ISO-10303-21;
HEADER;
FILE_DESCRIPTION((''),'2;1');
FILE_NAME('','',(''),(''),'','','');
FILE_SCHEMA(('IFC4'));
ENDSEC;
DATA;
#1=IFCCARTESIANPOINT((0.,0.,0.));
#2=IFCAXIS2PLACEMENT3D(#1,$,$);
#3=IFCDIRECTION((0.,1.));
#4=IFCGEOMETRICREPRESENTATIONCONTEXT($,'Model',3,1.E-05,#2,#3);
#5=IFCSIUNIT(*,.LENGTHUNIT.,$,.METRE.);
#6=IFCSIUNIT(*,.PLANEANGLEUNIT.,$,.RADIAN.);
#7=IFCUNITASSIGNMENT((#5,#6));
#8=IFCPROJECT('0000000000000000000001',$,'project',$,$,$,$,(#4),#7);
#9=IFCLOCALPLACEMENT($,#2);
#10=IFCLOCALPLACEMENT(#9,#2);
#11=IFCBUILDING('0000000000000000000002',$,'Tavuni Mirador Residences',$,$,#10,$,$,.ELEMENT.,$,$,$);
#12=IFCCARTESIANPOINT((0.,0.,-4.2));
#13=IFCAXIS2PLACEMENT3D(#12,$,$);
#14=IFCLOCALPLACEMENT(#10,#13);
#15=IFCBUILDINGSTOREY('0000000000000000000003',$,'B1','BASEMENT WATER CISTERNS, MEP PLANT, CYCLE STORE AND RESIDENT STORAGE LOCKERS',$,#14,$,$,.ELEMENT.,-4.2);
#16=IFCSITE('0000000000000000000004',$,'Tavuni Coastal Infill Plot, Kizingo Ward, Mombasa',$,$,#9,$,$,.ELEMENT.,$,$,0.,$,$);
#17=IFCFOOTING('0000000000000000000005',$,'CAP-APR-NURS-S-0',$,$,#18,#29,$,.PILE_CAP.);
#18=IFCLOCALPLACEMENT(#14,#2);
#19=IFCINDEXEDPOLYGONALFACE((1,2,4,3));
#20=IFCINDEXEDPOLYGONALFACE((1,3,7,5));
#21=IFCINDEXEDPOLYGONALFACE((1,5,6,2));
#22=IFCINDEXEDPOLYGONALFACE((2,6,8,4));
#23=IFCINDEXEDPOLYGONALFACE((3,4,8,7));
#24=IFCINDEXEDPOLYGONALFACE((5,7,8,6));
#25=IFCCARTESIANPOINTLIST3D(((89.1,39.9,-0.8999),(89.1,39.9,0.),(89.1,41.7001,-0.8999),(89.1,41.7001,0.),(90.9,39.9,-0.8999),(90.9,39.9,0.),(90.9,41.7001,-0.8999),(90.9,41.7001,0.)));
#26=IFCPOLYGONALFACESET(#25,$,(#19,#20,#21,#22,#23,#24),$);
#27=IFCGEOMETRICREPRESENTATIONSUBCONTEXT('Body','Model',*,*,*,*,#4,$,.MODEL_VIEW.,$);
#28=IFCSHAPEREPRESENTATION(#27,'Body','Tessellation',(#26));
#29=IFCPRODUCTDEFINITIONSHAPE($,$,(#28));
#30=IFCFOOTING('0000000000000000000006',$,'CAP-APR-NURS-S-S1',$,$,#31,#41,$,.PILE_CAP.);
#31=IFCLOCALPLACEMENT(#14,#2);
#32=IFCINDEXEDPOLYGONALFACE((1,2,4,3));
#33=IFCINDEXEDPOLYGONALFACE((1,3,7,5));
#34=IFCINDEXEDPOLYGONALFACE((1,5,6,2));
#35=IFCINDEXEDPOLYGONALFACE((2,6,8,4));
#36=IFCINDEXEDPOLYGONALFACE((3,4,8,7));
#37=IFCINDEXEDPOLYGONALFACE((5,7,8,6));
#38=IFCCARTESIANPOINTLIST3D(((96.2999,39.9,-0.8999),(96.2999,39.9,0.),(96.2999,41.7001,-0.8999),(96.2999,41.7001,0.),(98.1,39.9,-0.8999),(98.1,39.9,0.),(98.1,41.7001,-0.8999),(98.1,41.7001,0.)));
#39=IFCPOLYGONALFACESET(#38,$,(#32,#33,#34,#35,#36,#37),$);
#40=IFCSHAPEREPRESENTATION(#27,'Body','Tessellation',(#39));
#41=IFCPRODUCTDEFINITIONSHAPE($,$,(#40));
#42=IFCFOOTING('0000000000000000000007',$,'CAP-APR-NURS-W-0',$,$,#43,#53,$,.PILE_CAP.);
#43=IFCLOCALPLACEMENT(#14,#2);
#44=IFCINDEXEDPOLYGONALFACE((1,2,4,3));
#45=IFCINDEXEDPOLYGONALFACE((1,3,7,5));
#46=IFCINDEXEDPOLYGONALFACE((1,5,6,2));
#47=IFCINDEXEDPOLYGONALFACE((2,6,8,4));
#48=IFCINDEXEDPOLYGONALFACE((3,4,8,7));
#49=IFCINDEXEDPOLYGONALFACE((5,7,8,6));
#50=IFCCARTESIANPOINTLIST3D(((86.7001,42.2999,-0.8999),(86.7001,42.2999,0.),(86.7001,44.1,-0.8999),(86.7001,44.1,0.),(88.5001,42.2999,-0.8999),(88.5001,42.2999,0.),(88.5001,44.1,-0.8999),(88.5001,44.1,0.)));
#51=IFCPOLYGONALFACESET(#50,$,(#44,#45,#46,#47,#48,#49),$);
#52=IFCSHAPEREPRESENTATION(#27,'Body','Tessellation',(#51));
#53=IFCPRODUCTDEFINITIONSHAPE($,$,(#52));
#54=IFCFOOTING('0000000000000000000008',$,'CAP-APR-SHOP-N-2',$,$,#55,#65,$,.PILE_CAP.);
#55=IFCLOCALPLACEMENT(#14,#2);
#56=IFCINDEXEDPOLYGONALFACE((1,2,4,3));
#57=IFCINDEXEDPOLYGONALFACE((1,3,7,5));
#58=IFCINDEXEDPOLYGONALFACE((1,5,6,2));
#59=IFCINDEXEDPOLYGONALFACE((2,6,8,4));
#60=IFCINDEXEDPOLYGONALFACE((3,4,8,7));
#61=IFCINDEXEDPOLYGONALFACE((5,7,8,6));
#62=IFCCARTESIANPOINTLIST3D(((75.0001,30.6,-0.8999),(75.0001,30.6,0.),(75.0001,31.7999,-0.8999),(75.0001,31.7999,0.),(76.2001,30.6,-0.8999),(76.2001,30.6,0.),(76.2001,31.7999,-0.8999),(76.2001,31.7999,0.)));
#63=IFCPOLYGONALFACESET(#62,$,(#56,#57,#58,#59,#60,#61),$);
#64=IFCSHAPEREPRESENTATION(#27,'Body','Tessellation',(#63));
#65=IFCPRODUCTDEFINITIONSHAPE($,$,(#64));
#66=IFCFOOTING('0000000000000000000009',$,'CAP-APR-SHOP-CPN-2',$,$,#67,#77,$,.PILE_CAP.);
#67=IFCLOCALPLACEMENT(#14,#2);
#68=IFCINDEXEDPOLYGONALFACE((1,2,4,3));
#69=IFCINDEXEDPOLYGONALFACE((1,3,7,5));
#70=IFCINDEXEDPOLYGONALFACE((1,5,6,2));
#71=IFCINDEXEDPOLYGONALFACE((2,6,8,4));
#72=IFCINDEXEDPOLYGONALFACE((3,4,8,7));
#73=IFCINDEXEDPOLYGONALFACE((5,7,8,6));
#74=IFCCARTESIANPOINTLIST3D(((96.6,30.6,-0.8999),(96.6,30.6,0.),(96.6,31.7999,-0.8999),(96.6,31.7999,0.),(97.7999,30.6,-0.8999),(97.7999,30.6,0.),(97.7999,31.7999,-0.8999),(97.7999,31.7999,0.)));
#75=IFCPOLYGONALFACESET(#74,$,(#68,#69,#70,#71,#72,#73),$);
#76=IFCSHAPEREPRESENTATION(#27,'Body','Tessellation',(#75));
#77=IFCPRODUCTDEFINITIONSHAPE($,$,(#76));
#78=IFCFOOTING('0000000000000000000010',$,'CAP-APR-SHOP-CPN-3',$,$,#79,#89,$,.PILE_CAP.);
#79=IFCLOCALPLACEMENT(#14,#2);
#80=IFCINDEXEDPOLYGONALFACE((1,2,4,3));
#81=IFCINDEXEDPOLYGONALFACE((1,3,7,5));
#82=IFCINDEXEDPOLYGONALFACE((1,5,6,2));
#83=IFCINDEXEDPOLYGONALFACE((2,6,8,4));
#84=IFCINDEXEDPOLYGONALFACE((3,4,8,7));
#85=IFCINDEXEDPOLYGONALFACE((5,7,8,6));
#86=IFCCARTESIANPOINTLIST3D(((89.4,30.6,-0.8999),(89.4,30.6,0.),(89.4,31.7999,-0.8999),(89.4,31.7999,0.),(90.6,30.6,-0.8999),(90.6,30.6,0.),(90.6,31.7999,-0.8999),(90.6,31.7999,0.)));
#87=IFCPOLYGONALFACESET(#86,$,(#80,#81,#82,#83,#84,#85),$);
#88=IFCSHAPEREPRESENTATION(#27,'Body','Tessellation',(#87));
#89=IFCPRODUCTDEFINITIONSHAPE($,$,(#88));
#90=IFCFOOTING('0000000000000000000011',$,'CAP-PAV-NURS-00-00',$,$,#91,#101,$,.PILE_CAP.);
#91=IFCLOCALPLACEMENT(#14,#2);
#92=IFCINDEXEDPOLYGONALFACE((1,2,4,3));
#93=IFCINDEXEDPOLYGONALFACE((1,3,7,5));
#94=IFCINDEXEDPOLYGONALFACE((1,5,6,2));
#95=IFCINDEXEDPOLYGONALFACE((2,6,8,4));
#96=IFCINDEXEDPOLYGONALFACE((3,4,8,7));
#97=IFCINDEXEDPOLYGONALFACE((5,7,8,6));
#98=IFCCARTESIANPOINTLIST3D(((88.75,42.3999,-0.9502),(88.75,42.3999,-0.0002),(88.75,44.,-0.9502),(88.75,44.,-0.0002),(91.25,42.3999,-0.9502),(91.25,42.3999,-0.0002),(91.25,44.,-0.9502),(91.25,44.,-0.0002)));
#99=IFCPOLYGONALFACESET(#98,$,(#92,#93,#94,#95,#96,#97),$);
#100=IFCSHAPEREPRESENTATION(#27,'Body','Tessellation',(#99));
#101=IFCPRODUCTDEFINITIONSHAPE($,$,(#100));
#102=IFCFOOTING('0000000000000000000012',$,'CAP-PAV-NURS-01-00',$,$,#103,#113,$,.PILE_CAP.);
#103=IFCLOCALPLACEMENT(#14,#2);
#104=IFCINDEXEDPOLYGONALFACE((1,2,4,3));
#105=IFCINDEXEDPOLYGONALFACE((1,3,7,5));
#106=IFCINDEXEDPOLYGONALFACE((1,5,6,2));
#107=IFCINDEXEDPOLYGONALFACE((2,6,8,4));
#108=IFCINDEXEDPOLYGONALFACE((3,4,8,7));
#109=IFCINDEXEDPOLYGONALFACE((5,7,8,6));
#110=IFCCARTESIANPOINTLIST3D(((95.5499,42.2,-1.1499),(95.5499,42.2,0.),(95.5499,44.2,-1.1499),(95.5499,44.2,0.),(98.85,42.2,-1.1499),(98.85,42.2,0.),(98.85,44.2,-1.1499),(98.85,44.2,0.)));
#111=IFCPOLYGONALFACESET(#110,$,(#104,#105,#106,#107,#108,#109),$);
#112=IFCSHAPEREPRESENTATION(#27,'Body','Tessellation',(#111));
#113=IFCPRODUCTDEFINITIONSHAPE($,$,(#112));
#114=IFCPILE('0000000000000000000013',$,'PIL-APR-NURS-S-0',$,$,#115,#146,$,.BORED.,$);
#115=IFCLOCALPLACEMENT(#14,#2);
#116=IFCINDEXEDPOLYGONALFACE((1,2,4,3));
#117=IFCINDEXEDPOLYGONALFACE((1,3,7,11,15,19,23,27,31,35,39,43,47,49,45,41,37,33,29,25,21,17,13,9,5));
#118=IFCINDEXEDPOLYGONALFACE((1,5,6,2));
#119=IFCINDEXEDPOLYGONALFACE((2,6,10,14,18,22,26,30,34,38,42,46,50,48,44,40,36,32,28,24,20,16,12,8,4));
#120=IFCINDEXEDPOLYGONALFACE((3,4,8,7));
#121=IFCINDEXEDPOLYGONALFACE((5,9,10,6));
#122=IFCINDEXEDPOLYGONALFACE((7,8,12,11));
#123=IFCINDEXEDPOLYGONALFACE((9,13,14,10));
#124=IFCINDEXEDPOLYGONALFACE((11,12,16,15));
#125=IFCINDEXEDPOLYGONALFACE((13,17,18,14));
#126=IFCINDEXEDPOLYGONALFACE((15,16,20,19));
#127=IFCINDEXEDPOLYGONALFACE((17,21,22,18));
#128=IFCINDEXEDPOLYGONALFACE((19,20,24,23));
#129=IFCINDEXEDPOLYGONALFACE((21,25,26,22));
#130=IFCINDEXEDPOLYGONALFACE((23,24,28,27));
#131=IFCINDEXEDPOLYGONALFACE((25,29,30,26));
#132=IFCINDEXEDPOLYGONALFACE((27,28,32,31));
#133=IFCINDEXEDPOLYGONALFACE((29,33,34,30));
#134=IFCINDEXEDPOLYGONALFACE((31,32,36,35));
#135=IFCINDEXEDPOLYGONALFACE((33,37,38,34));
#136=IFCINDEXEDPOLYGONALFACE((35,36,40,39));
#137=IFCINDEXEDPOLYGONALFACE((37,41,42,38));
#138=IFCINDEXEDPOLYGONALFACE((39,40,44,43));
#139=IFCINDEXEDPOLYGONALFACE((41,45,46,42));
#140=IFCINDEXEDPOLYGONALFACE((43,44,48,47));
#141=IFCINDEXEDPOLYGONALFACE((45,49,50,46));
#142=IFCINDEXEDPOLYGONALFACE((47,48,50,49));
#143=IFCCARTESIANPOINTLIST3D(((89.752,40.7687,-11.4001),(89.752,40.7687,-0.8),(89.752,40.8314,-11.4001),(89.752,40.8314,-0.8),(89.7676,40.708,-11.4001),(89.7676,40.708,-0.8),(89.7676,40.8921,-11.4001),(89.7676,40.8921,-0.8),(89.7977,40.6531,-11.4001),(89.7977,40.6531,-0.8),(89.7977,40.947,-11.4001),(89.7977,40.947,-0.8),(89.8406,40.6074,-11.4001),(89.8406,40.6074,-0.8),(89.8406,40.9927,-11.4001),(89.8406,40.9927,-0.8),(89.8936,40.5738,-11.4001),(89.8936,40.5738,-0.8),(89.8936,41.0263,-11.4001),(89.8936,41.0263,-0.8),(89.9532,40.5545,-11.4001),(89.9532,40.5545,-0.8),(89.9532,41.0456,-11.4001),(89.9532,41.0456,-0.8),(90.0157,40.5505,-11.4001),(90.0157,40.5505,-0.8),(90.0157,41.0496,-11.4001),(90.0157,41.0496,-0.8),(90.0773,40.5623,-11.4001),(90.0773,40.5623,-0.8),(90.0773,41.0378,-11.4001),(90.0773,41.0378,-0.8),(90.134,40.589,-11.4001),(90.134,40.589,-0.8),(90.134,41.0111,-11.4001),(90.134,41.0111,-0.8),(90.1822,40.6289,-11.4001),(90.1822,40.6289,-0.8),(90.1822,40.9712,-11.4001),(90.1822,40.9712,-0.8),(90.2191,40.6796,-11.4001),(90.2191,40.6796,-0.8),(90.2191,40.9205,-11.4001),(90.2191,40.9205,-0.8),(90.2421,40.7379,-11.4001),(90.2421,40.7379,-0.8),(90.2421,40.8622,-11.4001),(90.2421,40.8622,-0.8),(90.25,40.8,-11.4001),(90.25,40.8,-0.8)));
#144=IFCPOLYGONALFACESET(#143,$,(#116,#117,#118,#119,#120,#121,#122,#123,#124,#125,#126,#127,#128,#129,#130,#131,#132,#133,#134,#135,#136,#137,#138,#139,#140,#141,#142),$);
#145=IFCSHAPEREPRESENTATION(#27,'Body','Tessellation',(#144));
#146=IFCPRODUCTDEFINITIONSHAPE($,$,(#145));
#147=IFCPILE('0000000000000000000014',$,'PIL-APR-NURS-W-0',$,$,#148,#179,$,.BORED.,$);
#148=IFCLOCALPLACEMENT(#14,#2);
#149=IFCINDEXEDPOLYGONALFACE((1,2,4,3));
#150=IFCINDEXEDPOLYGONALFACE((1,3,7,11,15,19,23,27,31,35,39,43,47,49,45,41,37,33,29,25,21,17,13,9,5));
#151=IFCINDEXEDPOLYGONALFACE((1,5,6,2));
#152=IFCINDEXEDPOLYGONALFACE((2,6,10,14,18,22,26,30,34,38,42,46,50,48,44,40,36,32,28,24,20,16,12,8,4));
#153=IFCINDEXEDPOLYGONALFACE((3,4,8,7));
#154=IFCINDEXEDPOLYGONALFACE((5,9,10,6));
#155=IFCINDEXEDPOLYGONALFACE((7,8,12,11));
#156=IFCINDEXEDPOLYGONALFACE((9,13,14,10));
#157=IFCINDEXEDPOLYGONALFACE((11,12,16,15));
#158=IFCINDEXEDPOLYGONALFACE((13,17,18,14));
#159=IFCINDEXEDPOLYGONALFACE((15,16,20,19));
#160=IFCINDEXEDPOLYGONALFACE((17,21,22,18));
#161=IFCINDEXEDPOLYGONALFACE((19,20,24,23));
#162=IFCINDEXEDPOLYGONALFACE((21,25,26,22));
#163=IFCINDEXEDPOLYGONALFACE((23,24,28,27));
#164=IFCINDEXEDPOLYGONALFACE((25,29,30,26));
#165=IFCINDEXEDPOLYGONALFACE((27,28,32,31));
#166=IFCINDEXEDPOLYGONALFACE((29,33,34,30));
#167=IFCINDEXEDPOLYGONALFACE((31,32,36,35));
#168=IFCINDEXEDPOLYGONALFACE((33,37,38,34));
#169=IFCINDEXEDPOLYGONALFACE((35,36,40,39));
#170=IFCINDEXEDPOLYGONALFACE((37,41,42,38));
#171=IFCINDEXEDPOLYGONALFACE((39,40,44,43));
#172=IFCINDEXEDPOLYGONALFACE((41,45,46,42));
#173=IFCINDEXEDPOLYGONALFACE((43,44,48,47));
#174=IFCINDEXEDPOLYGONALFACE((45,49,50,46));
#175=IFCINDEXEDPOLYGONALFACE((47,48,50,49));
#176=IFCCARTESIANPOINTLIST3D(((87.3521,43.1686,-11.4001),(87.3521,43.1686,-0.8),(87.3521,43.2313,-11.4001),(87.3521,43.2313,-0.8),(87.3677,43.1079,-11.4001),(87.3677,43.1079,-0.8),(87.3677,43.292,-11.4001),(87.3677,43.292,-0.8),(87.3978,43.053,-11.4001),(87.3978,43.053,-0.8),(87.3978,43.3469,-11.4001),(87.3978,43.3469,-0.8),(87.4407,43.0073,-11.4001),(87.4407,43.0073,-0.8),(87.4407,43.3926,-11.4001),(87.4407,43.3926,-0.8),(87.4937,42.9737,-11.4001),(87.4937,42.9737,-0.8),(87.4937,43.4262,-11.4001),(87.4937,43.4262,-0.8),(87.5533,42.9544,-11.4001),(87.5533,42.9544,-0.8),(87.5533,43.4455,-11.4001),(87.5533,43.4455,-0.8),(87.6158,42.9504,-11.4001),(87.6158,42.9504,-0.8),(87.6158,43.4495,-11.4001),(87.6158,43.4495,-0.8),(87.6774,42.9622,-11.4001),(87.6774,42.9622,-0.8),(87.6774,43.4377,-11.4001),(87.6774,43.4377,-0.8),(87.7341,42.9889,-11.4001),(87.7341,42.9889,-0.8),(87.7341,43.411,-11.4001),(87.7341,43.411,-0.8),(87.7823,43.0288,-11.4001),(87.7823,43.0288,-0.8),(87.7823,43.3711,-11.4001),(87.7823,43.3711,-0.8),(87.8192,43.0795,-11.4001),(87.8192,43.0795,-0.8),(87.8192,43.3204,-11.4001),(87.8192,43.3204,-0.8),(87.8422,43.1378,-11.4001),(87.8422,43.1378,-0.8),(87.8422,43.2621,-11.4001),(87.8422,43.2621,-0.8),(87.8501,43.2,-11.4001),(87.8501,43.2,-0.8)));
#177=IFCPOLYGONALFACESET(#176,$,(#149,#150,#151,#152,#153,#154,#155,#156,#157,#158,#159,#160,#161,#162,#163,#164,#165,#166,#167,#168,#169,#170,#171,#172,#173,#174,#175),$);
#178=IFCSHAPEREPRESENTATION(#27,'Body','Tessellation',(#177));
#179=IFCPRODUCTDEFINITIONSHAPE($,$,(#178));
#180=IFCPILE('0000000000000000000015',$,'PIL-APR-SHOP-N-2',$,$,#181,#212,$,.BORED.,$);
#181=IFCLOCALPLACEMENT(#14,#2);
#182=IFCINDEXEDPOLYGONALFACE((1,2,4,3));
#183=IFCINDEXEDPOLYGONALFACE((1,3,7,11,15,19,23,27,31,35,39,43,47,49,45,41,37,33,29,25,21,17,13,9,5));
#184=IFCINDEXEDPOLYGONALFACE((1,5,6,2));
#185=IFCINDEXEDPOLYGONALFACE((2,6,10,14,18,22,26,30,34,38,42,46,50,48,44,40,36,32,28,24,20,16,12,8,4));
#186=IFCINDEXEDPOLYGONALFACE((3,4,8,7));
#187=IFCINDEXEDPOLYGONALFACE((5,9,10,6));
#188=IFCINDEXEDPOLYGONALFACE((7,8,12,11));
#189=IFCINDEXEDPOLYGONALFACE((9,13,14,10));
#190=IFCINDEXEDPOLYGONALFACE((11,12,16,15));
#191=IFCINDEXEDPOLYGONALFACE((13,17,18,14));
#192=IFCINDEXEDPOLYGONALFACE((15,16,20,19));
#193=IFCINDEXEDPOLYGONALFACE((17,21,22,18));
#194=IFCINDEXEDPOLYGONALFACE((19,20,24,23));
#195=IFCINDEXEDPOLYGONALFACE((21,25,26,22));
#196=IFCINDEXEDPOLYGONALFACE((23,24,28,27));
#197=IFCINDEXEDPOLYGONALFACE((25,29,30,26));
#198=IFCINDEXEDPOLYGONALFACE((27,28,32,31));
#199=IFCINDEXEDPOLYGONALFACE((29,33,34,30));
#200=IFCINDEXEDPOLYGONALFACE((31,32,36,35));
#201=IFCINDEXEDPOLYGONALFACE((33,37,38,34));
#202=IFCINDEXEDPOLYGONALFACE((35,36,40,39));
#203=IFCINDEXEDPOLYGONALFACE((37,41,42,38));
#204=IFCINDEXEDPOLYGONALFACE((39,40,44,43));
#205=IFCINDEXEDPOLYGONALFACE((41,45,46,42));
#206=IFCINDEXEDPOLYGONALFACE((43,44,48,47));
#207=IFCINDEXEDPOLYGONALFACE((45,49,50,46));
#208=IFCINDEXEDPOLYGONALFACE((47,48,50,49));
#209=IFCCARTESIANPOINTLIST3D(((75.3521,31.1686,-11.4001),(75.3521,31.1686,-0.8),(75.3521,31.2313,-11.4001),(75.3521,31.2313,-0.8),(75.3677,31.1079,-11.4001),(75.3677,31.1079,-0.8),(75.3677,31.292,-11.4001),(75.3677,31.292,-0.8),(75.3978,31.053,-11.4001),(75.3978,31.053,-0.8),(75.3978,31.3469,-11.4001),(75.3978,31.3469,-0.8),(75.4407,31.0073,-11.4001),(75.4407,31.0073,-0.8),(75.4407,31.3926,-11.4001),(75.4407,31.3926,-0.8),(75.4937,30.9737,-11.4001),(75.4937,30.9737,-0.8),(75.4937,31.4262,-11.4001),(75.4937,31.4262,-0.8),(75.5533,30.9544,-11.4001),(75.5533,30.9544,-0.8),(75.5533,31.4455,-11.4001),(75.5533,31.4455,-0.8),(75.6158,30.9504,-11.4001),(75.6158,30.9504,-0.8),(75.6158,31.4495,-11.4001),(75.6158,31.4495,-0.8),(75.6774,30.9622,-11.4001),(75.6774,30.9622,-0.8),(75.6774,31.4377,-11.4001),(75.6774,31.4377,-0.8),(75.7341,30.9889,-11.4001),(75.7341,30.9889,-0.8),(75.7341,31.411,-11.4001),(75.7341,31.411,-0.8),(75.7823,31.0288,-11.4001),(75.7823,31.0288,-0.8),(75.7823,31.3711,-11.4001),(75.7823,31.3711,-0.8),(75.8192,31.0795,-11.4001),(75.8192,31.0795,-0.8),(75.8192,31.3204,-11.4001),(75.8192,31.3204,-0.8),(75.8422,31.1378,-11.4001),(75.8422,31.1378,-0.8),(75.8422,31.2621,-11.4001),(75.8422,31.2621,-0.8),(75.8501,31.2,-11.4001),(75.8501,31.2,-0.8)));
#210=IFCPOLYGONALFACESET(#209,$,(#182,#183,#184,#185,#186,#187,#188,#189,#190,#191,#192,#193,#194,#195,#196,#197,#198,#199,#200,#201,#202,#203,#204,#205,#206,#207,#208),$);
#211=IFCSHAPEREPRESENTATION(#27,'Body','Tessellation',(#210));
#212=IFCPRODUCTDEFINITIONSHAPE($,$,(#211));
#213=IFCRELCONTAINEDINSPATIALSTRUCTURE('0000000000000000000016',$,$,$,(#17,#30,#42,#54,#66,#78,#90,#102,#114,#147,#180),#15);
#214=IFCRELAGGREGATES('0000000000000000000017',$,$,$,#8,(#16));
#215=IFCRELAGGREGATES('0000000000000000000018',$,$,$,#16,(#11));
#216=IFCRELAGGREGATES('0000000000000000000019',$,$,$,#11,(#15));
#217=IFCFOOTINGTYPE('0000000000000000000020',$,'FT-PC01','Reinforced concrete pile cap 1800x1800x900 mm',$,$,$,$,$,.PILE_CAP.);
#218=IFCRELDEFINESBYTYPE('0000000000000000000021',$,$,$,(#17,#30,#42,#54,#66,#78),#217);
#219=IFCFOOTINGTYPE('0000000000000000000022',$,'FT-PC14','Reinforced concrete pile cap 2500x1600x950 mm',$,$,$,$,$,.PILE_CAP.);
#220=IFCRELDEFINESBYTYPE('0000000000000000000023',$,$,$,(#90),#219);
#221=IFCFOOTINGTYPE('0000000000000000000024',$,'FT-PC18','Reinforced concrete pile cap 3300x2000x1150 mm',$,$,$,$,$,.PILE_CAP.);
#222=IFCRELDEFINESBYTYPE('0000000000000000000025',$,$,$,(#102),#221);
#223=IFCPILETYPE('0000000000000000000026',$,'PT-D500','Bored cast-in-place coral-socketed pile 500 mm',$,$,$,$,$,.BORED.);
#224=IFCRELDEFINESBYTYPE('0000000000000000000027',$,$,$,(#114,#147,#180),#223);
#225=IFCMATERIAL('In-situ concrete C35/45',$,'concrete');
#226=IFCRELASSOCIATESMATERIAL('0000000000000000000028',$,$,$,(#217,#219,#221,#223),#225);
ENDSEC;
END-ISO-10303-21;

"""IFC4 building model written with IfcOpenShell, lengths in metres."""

from ifc_helpers import new_model, si_unit, direction, frame, origin, origin_2d, place, context, subcontext, project, spatial, rectangle, circle, extrude, material, material_profile, profile_set, type_object, element, save


model = new_model("IFC4")

# Units and contexts
model_context = context("Model", 3, precision=1e-05, world=origin(), true_north=direction((0.0, 1.0)))
body_context = subcontext(model_context, "Body", "Model", "MODEL_VIEW")
ifc_project = project(units=[si_unit("LENGTHUNIT", "METRE"), si_unit("PLANEANGLEUNIT", "RADIAN")], contexts=[model_context])

# Site, building, storey
site_placement = place(None, origin())
site = spatial("IfcSite", under=ifc_project, at=site_placement, Name="Tavuni Coastal Infill Plot, Kizingo Ward, Mombasa", CompositionType="ELEMENT", RefElevation=0.0)
building_placement = place(site_placement, origin())
building = spatial("IfcBuilding", under=site, at=building_placement, Name="Tavuni Mirador Residences", CompositionType="ELEMENT")
storey_placement = place(building_placement, frame((0.0, 0.0, -4.2)))
storey = spatial("IfcBuildingStorey", under=building, at=storey_placement, Name="B1", Description="BASEMENT WATER CISTERNS, MEP PLANT, CYCLE STORE AND RESIDENT STORAGE LOCKERS", CompositionType="ELEMENT", Elevation=-4.2)

# Footings
ifc_material_1 = material(Name="In-situ concrete C35/45", Category="concrete")
footing_type_1 = type_object("IfcFootingType", Name="FT-PC01", Description="Reinforced concrete pile cap 1800x1800x900 mm", PredefinedType="PILE_CAP", material=ifc_material_1)
for number, where, z_axis, x_axis, name in (
    (1, (90.0, 40.8, -0.8999), (0.0, 0.0, 1.0), (1.0, 0.0, 0.0), "CAP-APR-NURS-S-0"),
    (2, (97.2, 40.8, -0.8999), (0.0, 0.0, 1.0), (1.0, 0.0, 0.0), "CAP-APR-NURS-S-S1"),
    (3, (87.6001, 43.2, -0.8999), (0.0, 0.0, 1.0), (1.0, 0.0, 0.0), "CAP-APR-NURS-W-0"),
):
    element("IfcFooting", number, at=place(storey_placement, frame(where, z_axis=z_axis, x_axis=x_axis)), inside=storey, type_object=footing_type_1, Name=name, PredefinedType="PILE_CAP", context=body_context, shape_type="SweptSolid", body=[
        extrude(rectangle(XDim=1.8, YDim=1.8, at=origin_2d()), origin(), (0.0, 0.0, 1.0), 0.8999),
    ])
for number, where, z_axis, x_axis, name in (
    (4, (75.6001, 31.2, -0.8999), (0.0, 0.0, 1.0), (1.0, 0.0, 0.0), "CAP-APR-SHOP-N-2"),
    (5, (97.2, 31.2, -0.8999), (0.0, 0.0, 1.0), (1.0, 0.0, 0.0), "CAP-APR-SHOP-CPN-2"),
    (6, (90.0, 31.2, -0.8999), (0.0, 0.0, 1.0), (1.0, 0.0, 0.0), "CAP-APR-SHOP-CPN-3"),
):
    element("IfcFooting", number, at=place(storey_placement, frame(where, z_axis=z_axis, x_axis=x_axis)), inside=storey, type_object=footing_type_1, Name=name, PredefinedType="PILE_CAP", context=body_context, shape_type="SweptSolid", body=[
        extrude(rectangle(XDim=1.2, YDim=1.2, at=origin_2d()), origin(), (0.0, 0.0, 1.0), 0.8999),
    ])
footing_type_2 = type_object("IfcFootingType", Name="FT-PC14", Description="Reinforced concrete pile cap 2500x1600x950 mm", PredefinedType="PILE_CAP", material=ifc_material_1)
footing_1_placement = place(storey_placement, frame((90.0, 43.2, -0.9502), z_axis=(0.0, 0.0, 1.0), x_axis=(1.0, 0.0, 0.0)))
element("IfcFooting", 7, at=footing_1_placement, inside=storey, type_object=footing_type_2, Name="CAP-PAV-NURS-00-00", PredefinedType="PILE_CAP", context=body_context, shape_type="SweptSolid", body=[
    extrude(rectangle(XDim=2.5, YDim=1.6001, at=origin_2d()), origin(), (0.0, 0.0, 1.0), 0.95),
])
footing_type_3 = type_object("IfcFootingType", Name="FT-PC18", Description="Reinforced concrete pile cap 3300x2000x1150 mm", PredefinedType="PILE_CAP", material=ifc_material_1)
footing_2_placement = place(storey_placement, frame((97.2, 43.2, -1.1499), z_axis=(0.0, 0.0, 1.0), x_axis=(1.0, 0.0, 0.0)))
element("IfcFooting", 8, at=footing_2_placement, inside=storey, type_object=footing_type_3, Name="CAP-PAV-NURS-01-00", PredefinedType="PILE_CAP", context=body_context, shape_type="SweptSolid", body=[
    extrude(rectangle(XDim=3.3, YDim=2.0, at=origin_2d()), origin(), (0.0, 0.0, 1.0), 1.1499),
])

# Piles
ifc_material_profile_1 = material_profile(ifc_material_1, circle(Radius=0.25, at=origin_2d()), Name="PILE D500", Category="concrete")
ifc_profile_set_1 = profile_set([ifc_material_profile_1], Name="In-situ concrete C35/45")
pile_type_1 = type_object("IfcPileType", Name="PT-D500", Description="Bored cast-in-place coral-socketed pile 500 mm", PredefinedType="BORED", material=ifc_profile_set_1)
for number, where, z_axis, x_axis, name in (
    (9, (90.0, 40.8, -0.8), (0.0, 0.0, -1.0), (1.0, 0.0, 0.0), "PIL-APR-NURS-S-0"),
    (10, (87.6001, 43.2, -0.8), (0.0, 0.0, -1.0), (1.0, 0.0, 0.0), "PIL-APR-NURS-W-0"),
    (11, (75.6001, 31.2, -0.8), (0.0, 0.0, -1.0), (1.0, 0.0, 0.0), "PIL-APR-SHOP-N-2"),
):
    element("IfcPile", number, at=place(storey_placement, frame(where, z_axis=z_axis, x_axis=x_axis)), inside=storey, type_object=pile_type_1, Name=name, PredefinedType="BORED", context=body_context, shape_type="SweptSolid", body=[
        extrude(circle(Radius=0.25, at=origin_2d()), origin(), (0.0, 0.0, 1.0), 10.6001),
    ])

save(model, "model.ifc")
